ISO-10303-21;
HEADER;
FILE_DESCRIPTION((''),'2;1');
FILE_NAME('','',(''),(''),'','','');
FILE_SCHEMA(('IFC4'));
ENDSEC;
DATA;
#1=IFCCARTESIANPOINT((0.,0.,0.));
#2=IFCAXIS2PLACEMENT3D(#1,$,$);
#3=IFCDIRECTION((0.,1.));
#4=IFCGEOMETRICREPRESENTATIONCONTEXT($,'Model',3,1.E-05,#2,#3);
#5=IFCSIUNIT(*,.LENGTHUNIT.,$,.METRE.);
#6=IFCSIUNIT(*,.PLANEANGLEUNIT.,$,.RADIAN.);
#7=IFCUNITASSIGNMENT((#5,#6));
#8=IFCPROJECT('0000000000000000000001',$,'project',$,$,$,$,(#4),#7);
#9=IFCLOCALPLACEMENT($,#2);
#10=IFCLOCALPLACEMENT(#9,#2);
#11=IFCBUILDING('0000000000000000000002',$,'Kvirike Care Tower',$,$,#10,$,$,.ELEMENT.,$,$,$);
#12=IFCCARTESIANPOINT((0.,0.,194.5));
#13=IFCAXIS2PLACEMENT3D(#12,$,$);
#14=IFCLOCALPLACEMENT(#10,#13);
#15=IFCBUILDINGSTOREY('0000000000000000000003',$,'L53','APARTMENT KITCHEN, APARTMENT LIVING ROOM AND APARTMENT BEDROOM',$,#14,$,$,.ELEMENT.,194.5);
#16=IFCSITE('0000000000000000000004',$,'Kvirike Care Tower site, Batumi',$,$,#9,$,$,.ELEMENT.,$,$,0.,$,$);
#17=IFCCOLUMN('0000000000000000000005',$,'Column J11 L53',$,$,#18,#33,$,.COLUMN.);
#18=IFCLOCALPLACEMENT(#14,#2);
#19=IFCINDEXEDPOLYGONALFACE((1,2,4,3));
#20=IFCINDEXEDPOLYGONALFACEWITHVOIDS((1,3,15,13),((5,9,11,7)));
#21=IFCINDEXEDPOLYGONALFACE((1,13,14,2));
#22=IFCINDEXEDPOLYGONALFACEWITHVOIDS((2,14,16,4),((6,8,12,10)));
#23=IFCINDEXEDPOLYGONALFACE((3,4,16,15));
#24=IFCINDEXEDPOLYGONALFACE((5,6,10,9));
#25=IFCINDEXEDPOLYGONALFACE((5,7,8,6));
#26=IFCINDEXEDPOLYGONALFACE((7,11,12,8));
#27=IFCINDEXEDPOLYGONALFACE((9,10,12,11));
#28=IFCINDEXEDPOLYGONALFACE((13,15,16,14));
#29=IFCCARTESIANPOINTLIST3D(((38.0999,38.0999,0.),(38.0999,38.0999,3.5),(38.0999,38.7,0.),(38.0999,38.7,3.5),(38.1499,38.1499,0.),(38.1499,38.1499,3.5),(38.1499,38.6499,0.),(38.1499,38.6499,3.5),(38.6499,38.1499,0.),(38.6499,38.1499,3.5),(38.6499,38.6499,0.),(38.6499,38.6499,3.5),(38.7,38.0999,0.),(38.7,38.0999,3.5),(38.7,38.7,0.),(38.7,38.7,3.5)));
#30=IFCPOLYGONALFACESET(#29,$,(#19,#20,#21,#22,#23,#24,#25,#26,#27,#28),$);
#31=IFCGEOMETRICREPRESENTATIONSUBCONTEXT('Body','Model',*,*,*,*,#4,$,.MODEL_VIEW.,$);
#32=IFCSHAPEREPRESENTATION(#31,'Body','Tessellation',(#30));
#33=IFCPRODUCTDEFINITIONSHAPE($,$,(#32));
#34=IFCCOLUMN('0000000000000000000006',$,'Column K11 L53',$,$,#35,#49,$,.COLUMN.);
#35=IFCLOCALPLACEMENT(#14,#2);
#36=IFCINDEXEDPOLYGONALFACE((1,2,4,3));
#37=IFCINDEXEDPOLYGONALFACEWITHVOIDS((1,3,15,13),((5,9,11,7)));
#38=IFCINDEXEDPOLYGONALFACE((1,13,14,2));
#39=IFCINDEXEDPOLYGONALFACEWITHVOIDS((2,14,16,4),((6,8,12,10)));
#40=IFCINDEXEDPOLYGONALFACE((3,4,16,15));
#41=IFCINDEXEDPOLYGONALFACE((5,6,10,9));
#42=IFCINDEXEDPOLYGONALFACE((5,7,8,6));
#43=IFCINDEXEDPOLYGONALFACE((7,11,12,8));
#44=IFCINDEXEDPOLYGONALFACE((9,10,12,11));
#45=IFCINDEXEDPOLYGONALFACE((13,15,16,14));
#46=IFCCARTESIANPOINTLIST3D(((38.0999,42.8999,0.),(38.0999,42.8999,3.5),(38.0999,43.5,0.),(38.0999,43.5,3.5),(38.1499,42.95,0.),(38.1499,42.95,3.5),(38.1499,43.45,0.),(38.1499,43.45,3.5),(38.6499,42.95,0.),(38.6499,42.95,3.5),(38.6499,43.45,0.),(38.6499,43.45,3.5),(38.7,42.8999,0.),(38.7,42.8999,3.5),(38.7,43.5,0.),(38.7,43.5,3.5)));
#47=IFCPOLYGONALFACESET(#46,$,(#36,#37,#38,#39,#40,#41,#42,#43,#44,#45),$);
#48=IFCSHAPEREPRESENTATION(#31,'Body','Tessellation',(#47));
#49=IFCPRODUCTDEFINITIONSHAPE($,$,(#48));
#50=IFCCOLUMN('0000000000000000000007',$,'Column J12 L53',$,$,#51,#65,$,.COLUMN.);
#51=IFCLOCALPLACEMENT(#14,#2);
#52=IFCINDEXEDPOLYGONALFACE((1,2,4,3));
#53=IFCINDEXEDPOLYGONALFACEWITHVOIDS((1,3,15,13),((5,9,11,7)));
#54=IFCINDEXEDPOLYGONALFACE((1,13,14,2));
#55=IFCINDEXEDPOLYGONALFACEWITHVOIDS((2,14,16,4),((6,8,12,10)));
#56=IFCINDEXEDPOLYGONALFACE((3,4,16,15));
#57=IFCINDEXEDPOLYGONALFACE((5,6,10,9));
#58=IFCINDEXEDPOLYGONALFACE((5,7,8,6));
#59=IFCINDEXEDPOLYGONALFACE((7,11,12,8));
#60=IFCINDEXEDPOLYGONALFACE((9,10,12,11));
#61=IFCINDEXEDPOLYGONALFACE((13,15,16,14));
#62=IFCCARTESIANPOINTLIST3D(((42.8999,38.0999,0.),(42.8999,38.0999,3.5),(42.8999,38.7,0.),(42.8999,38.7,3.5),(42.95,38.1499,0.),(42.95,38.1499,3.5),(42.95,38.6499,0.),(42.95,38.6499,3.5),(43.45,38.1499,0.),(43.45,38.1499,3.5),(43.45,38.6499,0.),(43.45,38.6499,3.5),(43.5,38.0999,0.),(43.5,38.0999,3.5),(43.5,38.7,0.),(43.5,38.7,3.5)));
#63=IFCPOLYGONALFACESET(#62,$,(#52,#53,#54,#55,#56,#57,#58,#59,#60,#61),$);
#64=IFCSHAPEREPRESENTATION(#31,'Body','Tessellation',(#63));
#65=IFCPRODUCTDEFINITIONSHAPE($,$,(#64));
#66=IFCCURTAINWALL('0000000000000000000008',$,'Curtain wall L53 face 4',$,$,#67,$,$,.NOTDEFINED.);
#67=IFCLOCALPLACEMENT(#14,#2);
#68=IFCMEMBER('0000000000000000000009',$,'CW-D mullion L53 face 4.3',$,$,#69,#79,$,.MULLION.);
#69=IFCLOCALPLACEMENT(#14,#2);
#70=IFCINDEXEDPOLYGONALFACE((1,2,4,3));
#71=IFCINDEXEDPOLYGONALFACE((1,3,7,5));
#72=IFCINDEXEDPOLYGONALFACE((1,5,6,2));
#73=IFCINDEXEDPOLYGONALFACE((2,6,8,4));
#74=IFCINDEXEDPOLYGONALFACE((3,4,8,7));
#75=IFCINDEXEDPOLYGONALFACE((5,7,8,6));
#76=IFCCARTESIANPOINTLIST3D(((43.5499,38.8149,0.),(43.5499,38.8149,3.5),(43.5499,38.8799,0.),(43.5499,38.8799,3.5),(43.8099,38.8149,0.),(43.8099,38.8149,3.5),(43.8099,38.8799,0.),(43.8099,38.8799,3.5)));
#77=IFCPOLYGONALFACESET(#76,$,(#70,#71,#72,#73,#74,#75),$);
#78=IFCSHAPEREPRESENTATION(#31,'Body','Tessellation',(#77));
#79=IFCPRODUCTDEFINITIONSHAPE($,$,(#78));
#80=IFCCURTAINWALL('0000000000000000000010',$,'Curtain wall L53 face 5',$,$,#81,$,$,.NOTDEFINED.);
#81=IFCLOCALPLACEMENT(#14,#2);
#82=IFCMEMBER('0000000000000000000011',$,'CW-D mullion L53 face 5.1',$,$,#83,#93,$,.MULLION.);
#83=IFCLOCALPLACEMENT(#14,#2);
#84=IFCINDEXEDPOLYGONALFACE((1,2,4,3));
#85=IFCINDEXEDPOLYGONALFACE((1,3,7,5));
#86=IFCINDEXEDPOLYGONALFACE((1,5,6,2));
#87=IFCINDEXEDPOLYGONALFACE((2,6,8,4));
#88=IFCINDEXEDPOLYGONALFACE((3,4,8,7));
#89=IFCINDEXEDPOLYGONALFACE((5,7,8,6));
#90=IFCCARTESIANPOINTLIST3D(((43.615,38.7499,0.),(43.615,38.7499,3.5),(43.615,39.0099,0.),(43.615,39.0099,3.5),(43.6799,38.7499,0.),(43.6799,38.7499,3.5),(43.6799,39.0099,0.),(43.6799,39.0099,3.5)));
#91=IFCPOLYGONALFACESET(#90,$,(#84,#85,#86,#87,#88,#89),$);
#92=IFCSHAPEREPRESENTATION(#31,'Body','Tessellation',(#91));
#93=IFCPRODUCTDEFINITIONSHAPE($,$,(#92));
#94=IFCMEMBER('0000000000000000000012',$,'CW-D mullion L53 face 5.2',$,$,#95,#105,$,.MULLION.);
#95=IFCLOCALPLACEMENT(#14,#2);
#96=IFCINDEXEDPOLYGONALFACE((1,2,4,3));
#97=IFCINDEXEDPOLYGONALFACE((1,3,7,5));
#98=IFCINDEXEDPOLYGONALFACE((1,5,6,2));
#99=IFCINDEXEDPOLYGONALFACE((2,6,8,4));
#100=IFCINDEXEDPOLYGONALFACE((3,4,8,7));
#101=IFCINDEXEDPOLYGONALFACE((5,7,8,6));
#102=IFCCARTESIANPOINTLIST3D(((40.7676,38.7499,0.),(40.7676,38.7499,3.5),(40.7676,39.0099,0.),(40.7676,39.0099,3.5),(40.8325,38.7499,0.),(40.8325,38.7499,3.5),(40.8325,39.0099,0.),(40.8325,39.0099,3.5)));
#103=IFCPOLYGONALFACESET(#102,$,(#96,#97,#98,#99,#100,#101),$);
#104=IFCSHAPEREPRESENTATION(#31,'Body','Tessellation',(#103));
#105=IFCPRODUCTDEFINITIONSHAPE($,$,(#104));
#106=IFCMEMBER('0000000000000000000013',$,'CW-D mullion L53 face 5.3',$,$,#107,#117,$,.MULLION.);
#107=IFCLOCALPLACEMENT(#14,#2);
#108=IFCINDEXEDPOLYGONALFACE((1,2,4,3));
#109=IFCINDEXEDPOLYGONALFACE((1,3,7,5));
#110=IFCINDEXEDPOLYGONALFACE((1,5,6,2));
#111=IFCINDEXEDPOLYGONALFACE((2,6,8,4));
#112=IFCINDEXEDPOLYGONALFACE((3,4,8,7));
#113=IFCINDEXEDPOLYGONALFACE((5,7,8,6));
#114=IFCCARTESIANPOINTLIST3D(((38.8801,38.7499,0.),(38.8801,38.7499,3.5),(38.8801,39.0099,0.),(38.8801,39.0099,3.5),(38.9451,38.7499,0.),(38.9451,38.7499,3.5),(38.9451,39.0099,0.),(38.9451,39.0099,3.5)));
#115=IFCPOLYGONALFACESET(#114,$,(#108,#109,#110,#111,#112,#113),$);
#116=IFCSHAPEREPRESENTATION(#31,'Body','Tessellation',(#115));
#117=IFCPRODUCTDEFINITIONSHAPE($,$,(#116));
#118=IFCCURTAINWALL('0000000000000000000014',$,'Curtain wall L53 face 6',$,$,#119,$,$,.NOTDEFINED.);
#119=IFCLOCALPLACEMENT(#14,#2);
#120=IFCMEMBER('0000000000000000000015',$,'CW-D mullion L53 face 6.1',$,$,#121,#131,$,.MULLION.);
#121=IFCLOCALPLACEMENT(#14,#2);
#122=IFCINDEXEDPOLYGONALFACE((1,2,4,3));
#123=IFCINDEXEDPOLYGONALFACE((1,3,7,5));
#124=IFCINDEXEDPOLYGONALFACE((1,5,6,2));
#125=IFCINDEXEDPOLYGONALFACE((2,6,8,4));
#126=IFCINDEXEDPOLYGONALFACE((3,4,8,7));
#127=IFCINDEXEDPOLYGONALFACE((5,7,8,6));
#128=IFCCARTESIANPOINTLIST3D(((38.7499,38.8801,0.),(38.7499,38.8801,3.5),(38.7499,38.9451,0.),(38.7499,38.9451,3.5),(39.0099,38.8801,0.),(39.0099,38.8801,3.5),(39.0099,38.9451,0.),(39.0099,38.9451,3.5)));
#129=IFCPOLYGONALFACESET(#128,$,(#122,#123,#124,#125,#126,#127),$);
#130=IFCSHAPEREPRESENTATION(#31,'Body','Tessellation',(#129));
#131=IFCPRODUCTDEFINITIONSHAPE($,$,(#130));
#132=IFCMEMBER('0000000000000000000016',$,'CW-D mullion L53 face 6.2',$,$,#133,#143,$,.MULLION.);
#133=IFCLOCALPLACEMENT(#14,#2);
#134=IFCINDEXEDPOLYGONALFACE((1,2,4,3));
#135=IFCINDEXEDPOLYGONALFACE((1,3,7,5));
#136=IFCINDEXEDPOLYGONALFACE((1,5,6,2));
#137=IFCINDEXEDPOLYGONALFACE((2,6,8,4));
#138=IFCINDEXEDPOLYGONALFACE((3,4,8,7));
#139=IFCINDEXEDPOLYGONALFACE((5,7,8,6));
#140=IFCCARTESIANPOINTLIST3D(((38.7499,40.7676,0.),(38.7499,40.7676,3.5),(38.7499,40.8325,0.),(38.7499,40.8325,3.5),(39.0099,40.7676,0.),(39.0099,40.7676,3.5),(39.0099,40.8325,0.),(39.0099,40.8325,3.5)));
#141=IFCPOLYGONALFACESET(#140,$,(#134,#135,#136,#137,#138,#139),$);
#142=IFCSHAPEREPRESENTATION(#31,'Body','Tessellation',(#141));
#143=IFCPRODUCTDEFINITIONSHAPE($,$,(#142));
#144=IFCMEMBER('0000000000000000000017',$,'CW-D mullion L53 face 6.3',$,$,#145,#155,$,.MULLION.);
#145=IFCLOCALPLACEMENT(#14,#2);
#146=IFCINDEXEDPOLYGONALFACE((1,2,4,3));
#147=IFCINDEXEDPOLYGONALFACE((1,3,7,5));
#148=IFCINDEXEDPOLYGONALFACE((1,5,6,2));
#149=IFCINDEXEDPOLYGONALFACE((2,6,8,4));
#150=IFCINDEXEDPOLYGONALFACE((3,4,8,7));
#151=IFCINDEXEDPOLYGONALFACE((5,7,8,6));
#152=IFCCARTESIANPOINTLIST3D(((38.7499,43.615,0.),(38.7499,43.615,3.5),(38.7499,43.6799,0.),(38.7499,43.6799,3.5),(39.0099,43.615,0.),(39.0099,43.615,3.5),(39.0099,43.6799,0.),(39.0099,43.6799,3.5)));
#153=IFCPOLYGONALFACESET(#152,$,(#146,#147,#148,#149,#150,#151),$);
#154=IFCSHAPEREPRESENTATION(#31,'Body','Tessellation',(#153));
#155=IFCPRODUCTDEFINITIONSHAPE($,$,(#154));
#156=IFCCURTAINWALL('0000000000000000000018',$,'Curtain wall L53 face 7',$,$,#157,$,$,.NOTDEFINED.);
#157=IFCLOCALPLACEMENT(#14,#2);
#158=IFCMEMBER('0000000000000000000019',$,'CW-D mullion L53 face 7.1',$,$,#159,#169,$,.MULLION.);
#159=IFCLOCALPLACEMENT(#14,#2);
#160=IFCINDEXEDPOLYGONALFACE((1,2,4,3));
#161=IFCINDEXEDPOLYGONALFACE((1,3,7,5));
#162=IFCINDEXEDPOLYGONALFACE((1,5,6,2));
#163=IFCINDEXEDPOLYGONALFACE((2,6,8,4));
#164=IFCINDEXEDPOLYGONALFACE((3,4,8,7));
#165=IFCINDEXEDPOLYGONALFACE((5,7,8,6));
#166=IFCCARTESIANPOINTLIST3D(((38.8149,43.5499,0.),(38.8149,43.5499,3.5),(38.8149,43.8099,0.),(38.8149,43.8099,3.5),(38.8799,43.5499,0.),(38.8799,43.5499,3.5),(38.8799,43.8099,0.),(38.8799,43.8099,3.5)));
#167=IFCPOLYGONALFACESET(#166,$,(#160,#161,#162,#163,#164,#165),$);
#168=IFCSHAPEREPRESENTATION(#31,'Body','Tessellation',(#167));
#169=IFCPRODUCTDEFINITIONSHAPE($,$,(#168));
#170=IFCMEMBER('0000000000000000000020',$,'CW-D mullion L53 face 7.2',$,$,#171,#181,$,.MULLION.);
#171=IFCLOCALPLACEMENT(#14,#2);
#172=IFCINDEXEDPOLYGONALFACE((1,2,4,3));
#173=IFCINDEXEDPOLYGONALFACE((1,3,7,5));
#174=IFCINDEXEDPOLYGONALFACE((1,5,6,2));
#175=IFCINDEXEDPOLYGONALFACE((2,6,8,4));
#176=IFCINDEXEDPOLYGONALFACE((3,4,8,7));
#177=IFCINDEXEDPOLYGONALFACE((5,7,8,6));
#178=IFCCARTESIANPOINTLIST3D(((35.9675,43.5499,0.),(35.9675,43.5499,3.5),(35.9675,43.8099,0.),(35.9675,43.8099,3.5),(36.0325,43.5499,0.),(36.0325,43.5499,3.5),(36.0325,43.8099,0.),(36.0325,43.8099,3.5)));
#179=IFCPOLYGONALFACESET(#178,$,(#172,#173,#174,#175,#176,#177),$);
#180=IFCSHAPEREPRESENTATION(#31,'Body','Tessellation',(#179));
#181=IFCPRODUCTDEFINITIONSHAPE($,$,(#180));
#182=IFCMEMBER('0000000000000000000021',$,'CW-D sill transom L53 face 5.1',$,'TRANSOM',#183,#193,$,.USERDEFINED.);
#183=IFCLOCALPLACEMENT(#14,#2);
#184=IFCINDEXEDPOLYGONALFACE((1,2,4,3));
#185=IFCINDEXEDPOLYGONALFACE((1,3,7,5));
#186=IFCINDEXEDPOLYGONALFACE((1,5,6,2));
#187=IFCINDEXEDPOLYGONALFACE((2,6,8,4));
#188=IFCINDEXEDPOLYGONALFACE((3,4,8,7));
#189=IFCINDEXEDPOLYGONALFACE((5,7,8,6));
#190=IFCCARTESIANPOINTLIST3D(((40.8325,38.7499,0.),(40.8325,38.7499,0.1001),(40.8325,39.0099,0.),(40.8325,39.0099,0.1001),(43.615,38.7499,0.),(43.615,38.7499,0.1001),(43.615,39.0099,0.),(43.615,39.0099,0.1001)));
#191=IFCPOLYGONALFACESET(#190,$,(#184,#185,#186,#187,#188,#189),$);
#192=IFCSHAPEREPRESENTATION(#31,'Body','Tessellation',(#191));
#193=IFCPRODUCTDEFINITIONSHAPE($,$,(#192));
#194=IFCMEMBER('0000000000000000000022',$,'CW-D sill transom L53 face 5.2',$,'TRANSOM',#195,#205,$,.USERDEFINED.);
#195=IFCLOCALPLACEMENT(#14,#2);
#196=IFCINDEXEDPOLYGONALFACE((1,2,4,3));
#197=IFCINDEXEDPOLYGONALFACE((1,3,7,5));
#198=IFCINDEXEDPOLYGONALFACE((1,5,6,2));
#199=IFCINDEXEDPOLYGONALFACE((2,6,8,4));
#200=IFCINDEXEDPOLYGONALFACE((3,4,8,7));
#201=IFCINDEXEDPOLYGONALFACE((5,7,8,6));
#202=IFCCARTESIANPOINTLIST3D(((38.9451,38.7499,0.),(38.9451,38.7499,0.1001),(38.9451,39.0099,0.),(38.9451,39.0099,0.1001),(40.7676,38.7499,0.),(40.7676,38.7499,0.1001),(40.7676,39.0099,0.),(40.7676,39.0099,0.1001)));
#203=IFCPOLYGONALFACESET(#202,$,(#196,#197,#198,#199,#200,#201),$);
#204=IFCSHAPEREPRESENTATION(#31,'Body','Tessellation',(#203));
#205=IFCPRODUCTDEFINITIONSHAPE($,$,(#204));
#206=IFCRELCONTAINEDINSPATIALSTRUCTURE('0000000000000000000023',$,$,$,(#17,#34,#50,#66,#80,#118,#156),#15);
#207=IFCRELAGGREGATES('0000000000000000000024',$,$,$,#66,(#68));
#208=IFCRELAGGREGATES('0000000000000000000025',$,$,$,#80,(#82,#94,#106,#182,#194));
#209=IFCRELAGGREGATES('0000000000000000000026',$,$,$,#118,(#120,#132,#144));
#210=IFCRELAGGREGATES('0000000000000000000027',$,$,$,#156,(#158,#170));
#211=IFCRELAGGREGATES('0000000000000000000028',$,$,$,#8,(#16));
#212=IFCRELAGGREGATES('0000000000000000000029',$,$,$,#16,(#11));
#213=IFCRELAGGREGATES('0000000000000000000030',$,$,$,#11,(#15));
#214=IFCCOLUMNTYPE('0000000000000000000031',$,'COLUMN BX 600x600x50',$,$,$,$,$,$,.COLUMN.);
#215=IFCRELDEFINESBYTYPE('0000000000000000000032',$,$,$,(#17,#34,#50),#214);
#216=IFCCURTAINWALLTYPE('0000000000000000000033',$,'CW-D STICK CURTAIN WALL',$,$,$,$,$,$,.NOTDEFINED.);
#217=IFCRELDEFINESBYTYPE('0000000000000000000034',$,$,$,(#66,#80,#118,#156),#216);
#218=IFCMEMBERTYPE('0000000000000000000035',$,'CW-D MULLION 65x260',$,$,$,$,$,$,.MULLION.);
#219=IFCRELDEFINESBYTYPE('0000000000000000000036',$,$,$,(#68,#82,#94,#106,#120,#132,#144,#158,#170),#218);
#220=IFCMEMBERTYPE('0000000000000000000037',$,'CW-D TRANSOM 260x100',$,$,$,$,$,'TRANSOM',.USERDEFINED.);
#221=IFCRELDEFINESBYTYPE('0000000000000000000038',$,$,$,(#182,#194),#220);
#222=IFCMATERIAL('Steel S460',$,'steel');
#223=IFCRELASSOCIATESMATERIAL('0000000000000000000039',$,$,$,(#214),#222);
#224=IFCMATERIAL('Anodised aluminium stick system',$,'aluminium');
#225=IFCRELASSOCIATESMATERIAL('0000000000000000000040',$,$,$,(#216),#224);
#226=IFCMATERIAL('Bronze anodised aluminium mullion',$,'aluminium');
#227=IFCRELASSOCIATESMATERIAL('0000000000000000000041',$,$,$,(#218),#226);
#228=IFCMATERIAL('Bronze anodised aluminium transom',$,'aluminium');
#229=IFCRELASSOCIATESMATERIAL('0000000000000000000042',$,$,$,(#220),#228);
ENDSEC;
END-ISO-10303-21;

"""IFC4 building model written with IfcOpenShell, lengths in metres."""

from ifc_helpers import new_model, si_unit, direction, frame, origin, origin_2d, place, context, subcontext, project, spatial, rectangle, hollow_rectangle, extrude, material, material_profile, profile_set, type_object, element, aggregate, save


model = new_model("IFC4")

# Units and contexts
model_context = context("Model", 3, precision=1e-05, world=origin(), true_north=direction((0.0, 1.0)))
body_context = subcontext(model_context, "Body", "Model", "MODEL_VIEW")
ifc_project = project(units=[si_unit("LENGTHUNIT", "METRE"), si_unit("PLANEANGLEUNIT", "RADIAN")], contexts=[model_context])

# Site, building, storey
site_placement = place(None, origin())
site = spatial("IfcSite", under=ifc_project, at=site_placement, Name="Kvirike Care Tower site, Batumi", CompositionType="ELEMENT", RefElevation=0.0)
building_placement = place(site_placement, origin())
building = spatial("IfcBuilding", under=site, at=building_placement, Name="Kvirike Care Tower", CompositionType="ELEMENT")
storey_placement = place(building_placement, frame((0.0, 0.0, 194.5)))
storey = spatial("IfcBuildingStorey", under=building, at=storey_placement, Name="L53", Description="APARTMENT KITCHEN, APARTMENT LIVING ROOM AND APARTMENT BEDROOM", CompositionType="ELEMENT", Elevation=194.5)

# Columns
ifc_material_1 = material(Name="Steel S460", Category="steel")
ifc_material_profile_1 = material_profile(ifc_material_1, hollow_rectangle(XDim=0.6001, YDim=0.6001, WallThickness=0.05, at=origin_2d()), Name="BX 600x600x50")
ifc_profile_set_1 = profile_set([ifc_material_profile_1], Name="Steel S460")
column_type = type_object("IfcColumnType", Name="COLUMN BX 600x600x50", PredefinedType="COLUMN", material=ifc_profile_set_1)
for number, where, z_axis, x_axis, name in (
    (1, (38.3999, 38.3999, 0.0), (0.0, 0.0, 1.0), (0.0, 1.0, 0.0), "Column J11 L53"),
    (2, (38.3999, 43.2, 0.0), (0.0, 0.0, 1.0), (0.0, 1.0, 0.0), "Column K11 L53"),
    (3, (43.2, 38.3999, 0.0), (0.0, 0.0, 1.0), (0.0, 1.0, 0.0), "Column J12 L53"),
):
    element("IfcColumn", number, at=place(storey_placement, frame(where, z_axis=z_axis, x_axis=x_axis)), inside=storey, type_object=column_type, Name=name, PredefinedType="COLUMN", context=body_context, shape_type="SweptSolid", body=[
        extrude(hollow_rectangle(XDim=0.6001, YDim=0.6001, WallThickness=0.05, at=origin_2d()), origin(), (0.0, 0.0, 1.0), 3.5),
    ])

# Curtain wall, member
ifc_material_2 = material(Name="Anodised aluminium stick system", Category="aluminium")
curtain_wall_type = type_object("IfcCurtainWallType", Name="CW-D STICK CURTAIN WALL", PredefinedType="NOTDEFINED", material=ifc_material_2)
curtain_wall_1_placement = place(storey_placement, origin())
curtain_wall_1 = element("IfcCurtainWall", 4, at=curtain_wall_1_placement, inside=storey, type_object=curtain_wall_type, Name="Curtain wall L53 face 4", PredefinedType="NOTDEFINED")
ifc_material_3 = material(Name="Bronze anodised aluminium mullion", Category="aluminium")
ifc_material_profile_2 = material_profile(ifc_material_3, rectangle(XDim=0.0649, YDim=0.26, at=origin_2d()), Name="CW-D MULLION 65x260")
ifc_profile_set_2 = profile_set([ifc_material_profile_2], Name="Bronze anodised aluminium mullion")
member_type_1 = type_object("IfcMemberType", Name="CW-D MULLION 65x260", PredefinedType="MULLION", material=ifc_profile_set_2)
member_1_placement = place(storey_placement, frame((43.6799, 38.8474, 0.0), z_axis=(0.0, 0.0, 1.0), x_axis=(0.0, 1.0, 0.0)))
member_1 = element("IfcMember", 5, at=member_1_placement, type_object=member_type_1, Name="CW-D mullion L53 face 4.3", PredefinedType="MULLION", context=body_context, shape_type="SweptSolid", body=[
    extrude(rectangle(XDim=0.0649, YDim=0.26, at=origin_2d()), origin(), (0.0, 0.0, 1.0), 3.5),
])
aggregate(curtain_wall_1, [member_1])

# Curtain walls, members
curtain_wall_2_placement = place(storey_placement, origin())
curtain_wall_2 = element("IfcCurtainWall", 6, at=curtain_wall_2_placement, inside=storey, type_object=curtain_wall_type, Name="Curtain wall L53 face 5", PredefinedType="NOTDEFINED")
member_2_placement = place(storey_placement, frame((43.6475, 38.8799, 0.0), z_axis=(0.0, 0.0, 1.0), x_axis=(-1.0, 0.0, 0.0)))
member_2 = element("IfcMember", 7, at=member_2_placement, type_object=member_type_1, Name="CW-D mullion L53 face 5.1", PredefinedType="MULLION", context=body_context, shape_type="SweptSolid", body=[
    extrude(rectangle(XDim=0.0649, YDim=0.26, at=origin_2d()), origin(), (0.0, 0.0, 1.0), 3.5),
])
member_3_placement = place(storey_placement, frame((40.8, 38.8799, 0.0), z_axis=(0.0, 0.0, 1.0), x_axis=(-1.0, 0.0, 0.0)))
member_3 = element("IfcMember", 8, at=member_3_placement, type_object=member_type_1, Name="CW-D mullion L53 face 5.2", PredefinedType="MULLION", context=body_context, shape_type="SweptSolid", body=[
    extrude(rectangle(XDim=0.0649, YDim=0.26, at=origin_2d()), origin(), (0.0, 0.0, 1.0), 3.5),
])
member_4_placement = place(storey_placement, frame((38.9126, 38.8799, 0.0), z_axis=(0.0, 0.0, 1.0), x_axis=(-1.0, 0.0, 0.0)))
member_4 = element("IfcMember", 9, at=member_4_placement, type_object=member_type_1, Name="CW-D mullion L53 face 5.3", PredefinedType="MULLION", context=body_context, shape_type="SweptSolid", body=[
    extrude(rectangle(XDim=0.0649, YDim=0.26, at=origin_2d()), origin(), (0.0, 0.0, 1.0), 3.5),
])
curtain_wall_3_placement = place(storey_placement, origin())
curtain_wall_3 = element("IfcCurtainWall", 10, at=curtain_wall_3_placement, inside=storey, type_object=curtain_wall_type, Name="Curtain wall L53 face 6", PredefinedType="NOTDEFINED")
member_5_placement = place(storey_placement, frame((38.8799, 38.9126, 0.0), z_axis=(0.0, 0.0, 1.0), x_axis=(0.0, 1.0, 0.0)))
member_5 = element("IfcMember", 11, at=member_5_placement, type_object=member_type_1, Name="CW-D mullion L53 face 6.1", PredefinedType="MULLION", context=body_context, shape_type="SweptSolid", body=[
    extrude(rectangle(XDim=0.0649, YDim=0.26, at=origin_2d()), origin(), (0.0, 0.0, 1.0), 3.5),
])
member_6_placement = place(storey_placement, frame((38.8799, 40.8, 0.0), z_axis=(0.0, 0.0, 1.0), x_axis=(0.0, 1.0, 0.0)))
member_6 = element("IfcMember", 12, at=member_6_placement, type_object=member_type_1, Name="CW-D mullion L53 face 6.2", PredefinedType="MULLION", context=body_context, shape_type="SweptSolid", body=[
    extrude(rectangle(XDim=0.0649, YDim=0.26, at=origin_2d()), origin(), (0.0, 0.0, 1.0), 3.5),
])
member_7_placement = place(storey_placement, frame((38.8799, 43.6475, 0.0), z_axis=(0.0, 0.0, 1.0), x_axis=(0.0, 1.0, 0.0)))
member_7 = element("IfcMember", 13, at=member_7_placement, type_object=member_type_1, Name="CW-D mullion L53 face 6.3", PredefinedType="MULLION", context=body_context, shape_type="SweptSolid", body=[
    extrude(rectangle(XDim=0.0649, YDim=0.26, at=origin_2d()), origin(), (0.0, 0.0, 1.0), 3.5),
])
curtain_wall_4_placement = place(storey_placement, origin())
curtain_wall_4 = element("IfcCurtainWall", 14, at=curtain_wall_4_placement, inside=storey, type_object=curtain_wall_type, Name="Curtain wall L53 face 7", PredefinedType="NOTDEFINED")
member_8_placement = place(storey_placement, frame((38.8474, 43.6799, 0.0), z_axis=(0.0, 0.0, 1.0), x_axis=(-1.0, 0.0, 0.0)))
member_8 = element("IfcMember", 15, at=member_8_placement, type_object=member_type_1, Name="CW-D mullion L53 face 7.1", PredefinedType="MULLION", context=body_context, shape_type="SweptSolid", body=[
    extrude(rectangle(XDim=0.0649, YDim=0.26, at=origin_2d()), origin(), (0.0, 0.0, 1.0), 3.5),
])
member_9_placement = place(storey_placement, frame((36.0, 43.6799, 0.0), z_axis=(0.0, 0.0, 1.0), x_axis=(-1.0, 0.0, 0.0)))
member_9 = element("IfcMember", 16, at=member_9_placement, type_object=member_type_1, Name="CW-D mullion L53 face 7.2", PredefinedType="MULLION", context=body_context, shape_type="SweptSolid", body=[
    extrude(rectangle(XDim=0.0649, YDim=0.26, at=origin_2d()), origin(), (0.0, 0.0, 1.0), 3.5),
])

# Members
ifc_material_4 = material(Name="Bronze anodised aluminium transom", Category="aluminium")
ifc_material_profile_3 = material_profile(ifc_material_4, rectangle(XDim=0.26, YDim=0.1001, at=origin_2d()), Name="CW-D TRANSOM 260x100")
ifc_profile_set_3 = profile_set([ifc_material_profile_3], Name="Bronze anodised aluminium transom")
member_type_2 = type_object("IfcMemberType", Name="CW-D TRANSOM 260x100", ElementType="TRANSOM", PredefinedType="USERDEFINED", material=ifc_profile_set_3)
member_10_placement = place(storey_placement, frame((43.615, 38.8799, 0.05), z_axis=(-1.0, 0.0, 0.0), x_axis=(0.0, -1.0, 0.0)))
member_10 = element("IfcMember", 17, at=member_10_placement, type_object=member_type_2, Name="CW-D sill transom L53 face 5.1", ObjectType="TRANSOM", PredefinedType="USERDEFINED", context=body_context, shape_type="SweptSolid", body=[
    extrude(rectangle(XDim=0.26, YDim=0.1001, at=origin_2d()), origin(), (0.0, 0.0, 1.0), 2.7825),
])
member_11_placement = place(storey_placement, frame((40.7676, 38.8799, 0.05), z_axis=(-1.0, 0.0, 0.0), x_axis=(0.0, -1.0, 0.0)))
member_11 = element("IfcMember", 18, at=member_11_placement, type_object=member_type_2, Name="CW-D sill transom L53 face 5.2", ObjectType="TRANSOM", PredefinedType="USERDEFINED", context=body_context, shape_type="SweptSolid", body=[
    extrude(rectangle(XDim=0.26, YDim=0.1001, at=origin_2d()), origin(), (0.0, 0.0, 1.0), 1.8225),
])

aggregate(curtain_wall_2, [member_2, member_3, member_4, member_10, member_11])
aggregate(curtain_wall_3, [member_5, member_6, member_7])
aggregate(curtain_wall_4, [member_8, member_9])

save(model, "model.ifc")
